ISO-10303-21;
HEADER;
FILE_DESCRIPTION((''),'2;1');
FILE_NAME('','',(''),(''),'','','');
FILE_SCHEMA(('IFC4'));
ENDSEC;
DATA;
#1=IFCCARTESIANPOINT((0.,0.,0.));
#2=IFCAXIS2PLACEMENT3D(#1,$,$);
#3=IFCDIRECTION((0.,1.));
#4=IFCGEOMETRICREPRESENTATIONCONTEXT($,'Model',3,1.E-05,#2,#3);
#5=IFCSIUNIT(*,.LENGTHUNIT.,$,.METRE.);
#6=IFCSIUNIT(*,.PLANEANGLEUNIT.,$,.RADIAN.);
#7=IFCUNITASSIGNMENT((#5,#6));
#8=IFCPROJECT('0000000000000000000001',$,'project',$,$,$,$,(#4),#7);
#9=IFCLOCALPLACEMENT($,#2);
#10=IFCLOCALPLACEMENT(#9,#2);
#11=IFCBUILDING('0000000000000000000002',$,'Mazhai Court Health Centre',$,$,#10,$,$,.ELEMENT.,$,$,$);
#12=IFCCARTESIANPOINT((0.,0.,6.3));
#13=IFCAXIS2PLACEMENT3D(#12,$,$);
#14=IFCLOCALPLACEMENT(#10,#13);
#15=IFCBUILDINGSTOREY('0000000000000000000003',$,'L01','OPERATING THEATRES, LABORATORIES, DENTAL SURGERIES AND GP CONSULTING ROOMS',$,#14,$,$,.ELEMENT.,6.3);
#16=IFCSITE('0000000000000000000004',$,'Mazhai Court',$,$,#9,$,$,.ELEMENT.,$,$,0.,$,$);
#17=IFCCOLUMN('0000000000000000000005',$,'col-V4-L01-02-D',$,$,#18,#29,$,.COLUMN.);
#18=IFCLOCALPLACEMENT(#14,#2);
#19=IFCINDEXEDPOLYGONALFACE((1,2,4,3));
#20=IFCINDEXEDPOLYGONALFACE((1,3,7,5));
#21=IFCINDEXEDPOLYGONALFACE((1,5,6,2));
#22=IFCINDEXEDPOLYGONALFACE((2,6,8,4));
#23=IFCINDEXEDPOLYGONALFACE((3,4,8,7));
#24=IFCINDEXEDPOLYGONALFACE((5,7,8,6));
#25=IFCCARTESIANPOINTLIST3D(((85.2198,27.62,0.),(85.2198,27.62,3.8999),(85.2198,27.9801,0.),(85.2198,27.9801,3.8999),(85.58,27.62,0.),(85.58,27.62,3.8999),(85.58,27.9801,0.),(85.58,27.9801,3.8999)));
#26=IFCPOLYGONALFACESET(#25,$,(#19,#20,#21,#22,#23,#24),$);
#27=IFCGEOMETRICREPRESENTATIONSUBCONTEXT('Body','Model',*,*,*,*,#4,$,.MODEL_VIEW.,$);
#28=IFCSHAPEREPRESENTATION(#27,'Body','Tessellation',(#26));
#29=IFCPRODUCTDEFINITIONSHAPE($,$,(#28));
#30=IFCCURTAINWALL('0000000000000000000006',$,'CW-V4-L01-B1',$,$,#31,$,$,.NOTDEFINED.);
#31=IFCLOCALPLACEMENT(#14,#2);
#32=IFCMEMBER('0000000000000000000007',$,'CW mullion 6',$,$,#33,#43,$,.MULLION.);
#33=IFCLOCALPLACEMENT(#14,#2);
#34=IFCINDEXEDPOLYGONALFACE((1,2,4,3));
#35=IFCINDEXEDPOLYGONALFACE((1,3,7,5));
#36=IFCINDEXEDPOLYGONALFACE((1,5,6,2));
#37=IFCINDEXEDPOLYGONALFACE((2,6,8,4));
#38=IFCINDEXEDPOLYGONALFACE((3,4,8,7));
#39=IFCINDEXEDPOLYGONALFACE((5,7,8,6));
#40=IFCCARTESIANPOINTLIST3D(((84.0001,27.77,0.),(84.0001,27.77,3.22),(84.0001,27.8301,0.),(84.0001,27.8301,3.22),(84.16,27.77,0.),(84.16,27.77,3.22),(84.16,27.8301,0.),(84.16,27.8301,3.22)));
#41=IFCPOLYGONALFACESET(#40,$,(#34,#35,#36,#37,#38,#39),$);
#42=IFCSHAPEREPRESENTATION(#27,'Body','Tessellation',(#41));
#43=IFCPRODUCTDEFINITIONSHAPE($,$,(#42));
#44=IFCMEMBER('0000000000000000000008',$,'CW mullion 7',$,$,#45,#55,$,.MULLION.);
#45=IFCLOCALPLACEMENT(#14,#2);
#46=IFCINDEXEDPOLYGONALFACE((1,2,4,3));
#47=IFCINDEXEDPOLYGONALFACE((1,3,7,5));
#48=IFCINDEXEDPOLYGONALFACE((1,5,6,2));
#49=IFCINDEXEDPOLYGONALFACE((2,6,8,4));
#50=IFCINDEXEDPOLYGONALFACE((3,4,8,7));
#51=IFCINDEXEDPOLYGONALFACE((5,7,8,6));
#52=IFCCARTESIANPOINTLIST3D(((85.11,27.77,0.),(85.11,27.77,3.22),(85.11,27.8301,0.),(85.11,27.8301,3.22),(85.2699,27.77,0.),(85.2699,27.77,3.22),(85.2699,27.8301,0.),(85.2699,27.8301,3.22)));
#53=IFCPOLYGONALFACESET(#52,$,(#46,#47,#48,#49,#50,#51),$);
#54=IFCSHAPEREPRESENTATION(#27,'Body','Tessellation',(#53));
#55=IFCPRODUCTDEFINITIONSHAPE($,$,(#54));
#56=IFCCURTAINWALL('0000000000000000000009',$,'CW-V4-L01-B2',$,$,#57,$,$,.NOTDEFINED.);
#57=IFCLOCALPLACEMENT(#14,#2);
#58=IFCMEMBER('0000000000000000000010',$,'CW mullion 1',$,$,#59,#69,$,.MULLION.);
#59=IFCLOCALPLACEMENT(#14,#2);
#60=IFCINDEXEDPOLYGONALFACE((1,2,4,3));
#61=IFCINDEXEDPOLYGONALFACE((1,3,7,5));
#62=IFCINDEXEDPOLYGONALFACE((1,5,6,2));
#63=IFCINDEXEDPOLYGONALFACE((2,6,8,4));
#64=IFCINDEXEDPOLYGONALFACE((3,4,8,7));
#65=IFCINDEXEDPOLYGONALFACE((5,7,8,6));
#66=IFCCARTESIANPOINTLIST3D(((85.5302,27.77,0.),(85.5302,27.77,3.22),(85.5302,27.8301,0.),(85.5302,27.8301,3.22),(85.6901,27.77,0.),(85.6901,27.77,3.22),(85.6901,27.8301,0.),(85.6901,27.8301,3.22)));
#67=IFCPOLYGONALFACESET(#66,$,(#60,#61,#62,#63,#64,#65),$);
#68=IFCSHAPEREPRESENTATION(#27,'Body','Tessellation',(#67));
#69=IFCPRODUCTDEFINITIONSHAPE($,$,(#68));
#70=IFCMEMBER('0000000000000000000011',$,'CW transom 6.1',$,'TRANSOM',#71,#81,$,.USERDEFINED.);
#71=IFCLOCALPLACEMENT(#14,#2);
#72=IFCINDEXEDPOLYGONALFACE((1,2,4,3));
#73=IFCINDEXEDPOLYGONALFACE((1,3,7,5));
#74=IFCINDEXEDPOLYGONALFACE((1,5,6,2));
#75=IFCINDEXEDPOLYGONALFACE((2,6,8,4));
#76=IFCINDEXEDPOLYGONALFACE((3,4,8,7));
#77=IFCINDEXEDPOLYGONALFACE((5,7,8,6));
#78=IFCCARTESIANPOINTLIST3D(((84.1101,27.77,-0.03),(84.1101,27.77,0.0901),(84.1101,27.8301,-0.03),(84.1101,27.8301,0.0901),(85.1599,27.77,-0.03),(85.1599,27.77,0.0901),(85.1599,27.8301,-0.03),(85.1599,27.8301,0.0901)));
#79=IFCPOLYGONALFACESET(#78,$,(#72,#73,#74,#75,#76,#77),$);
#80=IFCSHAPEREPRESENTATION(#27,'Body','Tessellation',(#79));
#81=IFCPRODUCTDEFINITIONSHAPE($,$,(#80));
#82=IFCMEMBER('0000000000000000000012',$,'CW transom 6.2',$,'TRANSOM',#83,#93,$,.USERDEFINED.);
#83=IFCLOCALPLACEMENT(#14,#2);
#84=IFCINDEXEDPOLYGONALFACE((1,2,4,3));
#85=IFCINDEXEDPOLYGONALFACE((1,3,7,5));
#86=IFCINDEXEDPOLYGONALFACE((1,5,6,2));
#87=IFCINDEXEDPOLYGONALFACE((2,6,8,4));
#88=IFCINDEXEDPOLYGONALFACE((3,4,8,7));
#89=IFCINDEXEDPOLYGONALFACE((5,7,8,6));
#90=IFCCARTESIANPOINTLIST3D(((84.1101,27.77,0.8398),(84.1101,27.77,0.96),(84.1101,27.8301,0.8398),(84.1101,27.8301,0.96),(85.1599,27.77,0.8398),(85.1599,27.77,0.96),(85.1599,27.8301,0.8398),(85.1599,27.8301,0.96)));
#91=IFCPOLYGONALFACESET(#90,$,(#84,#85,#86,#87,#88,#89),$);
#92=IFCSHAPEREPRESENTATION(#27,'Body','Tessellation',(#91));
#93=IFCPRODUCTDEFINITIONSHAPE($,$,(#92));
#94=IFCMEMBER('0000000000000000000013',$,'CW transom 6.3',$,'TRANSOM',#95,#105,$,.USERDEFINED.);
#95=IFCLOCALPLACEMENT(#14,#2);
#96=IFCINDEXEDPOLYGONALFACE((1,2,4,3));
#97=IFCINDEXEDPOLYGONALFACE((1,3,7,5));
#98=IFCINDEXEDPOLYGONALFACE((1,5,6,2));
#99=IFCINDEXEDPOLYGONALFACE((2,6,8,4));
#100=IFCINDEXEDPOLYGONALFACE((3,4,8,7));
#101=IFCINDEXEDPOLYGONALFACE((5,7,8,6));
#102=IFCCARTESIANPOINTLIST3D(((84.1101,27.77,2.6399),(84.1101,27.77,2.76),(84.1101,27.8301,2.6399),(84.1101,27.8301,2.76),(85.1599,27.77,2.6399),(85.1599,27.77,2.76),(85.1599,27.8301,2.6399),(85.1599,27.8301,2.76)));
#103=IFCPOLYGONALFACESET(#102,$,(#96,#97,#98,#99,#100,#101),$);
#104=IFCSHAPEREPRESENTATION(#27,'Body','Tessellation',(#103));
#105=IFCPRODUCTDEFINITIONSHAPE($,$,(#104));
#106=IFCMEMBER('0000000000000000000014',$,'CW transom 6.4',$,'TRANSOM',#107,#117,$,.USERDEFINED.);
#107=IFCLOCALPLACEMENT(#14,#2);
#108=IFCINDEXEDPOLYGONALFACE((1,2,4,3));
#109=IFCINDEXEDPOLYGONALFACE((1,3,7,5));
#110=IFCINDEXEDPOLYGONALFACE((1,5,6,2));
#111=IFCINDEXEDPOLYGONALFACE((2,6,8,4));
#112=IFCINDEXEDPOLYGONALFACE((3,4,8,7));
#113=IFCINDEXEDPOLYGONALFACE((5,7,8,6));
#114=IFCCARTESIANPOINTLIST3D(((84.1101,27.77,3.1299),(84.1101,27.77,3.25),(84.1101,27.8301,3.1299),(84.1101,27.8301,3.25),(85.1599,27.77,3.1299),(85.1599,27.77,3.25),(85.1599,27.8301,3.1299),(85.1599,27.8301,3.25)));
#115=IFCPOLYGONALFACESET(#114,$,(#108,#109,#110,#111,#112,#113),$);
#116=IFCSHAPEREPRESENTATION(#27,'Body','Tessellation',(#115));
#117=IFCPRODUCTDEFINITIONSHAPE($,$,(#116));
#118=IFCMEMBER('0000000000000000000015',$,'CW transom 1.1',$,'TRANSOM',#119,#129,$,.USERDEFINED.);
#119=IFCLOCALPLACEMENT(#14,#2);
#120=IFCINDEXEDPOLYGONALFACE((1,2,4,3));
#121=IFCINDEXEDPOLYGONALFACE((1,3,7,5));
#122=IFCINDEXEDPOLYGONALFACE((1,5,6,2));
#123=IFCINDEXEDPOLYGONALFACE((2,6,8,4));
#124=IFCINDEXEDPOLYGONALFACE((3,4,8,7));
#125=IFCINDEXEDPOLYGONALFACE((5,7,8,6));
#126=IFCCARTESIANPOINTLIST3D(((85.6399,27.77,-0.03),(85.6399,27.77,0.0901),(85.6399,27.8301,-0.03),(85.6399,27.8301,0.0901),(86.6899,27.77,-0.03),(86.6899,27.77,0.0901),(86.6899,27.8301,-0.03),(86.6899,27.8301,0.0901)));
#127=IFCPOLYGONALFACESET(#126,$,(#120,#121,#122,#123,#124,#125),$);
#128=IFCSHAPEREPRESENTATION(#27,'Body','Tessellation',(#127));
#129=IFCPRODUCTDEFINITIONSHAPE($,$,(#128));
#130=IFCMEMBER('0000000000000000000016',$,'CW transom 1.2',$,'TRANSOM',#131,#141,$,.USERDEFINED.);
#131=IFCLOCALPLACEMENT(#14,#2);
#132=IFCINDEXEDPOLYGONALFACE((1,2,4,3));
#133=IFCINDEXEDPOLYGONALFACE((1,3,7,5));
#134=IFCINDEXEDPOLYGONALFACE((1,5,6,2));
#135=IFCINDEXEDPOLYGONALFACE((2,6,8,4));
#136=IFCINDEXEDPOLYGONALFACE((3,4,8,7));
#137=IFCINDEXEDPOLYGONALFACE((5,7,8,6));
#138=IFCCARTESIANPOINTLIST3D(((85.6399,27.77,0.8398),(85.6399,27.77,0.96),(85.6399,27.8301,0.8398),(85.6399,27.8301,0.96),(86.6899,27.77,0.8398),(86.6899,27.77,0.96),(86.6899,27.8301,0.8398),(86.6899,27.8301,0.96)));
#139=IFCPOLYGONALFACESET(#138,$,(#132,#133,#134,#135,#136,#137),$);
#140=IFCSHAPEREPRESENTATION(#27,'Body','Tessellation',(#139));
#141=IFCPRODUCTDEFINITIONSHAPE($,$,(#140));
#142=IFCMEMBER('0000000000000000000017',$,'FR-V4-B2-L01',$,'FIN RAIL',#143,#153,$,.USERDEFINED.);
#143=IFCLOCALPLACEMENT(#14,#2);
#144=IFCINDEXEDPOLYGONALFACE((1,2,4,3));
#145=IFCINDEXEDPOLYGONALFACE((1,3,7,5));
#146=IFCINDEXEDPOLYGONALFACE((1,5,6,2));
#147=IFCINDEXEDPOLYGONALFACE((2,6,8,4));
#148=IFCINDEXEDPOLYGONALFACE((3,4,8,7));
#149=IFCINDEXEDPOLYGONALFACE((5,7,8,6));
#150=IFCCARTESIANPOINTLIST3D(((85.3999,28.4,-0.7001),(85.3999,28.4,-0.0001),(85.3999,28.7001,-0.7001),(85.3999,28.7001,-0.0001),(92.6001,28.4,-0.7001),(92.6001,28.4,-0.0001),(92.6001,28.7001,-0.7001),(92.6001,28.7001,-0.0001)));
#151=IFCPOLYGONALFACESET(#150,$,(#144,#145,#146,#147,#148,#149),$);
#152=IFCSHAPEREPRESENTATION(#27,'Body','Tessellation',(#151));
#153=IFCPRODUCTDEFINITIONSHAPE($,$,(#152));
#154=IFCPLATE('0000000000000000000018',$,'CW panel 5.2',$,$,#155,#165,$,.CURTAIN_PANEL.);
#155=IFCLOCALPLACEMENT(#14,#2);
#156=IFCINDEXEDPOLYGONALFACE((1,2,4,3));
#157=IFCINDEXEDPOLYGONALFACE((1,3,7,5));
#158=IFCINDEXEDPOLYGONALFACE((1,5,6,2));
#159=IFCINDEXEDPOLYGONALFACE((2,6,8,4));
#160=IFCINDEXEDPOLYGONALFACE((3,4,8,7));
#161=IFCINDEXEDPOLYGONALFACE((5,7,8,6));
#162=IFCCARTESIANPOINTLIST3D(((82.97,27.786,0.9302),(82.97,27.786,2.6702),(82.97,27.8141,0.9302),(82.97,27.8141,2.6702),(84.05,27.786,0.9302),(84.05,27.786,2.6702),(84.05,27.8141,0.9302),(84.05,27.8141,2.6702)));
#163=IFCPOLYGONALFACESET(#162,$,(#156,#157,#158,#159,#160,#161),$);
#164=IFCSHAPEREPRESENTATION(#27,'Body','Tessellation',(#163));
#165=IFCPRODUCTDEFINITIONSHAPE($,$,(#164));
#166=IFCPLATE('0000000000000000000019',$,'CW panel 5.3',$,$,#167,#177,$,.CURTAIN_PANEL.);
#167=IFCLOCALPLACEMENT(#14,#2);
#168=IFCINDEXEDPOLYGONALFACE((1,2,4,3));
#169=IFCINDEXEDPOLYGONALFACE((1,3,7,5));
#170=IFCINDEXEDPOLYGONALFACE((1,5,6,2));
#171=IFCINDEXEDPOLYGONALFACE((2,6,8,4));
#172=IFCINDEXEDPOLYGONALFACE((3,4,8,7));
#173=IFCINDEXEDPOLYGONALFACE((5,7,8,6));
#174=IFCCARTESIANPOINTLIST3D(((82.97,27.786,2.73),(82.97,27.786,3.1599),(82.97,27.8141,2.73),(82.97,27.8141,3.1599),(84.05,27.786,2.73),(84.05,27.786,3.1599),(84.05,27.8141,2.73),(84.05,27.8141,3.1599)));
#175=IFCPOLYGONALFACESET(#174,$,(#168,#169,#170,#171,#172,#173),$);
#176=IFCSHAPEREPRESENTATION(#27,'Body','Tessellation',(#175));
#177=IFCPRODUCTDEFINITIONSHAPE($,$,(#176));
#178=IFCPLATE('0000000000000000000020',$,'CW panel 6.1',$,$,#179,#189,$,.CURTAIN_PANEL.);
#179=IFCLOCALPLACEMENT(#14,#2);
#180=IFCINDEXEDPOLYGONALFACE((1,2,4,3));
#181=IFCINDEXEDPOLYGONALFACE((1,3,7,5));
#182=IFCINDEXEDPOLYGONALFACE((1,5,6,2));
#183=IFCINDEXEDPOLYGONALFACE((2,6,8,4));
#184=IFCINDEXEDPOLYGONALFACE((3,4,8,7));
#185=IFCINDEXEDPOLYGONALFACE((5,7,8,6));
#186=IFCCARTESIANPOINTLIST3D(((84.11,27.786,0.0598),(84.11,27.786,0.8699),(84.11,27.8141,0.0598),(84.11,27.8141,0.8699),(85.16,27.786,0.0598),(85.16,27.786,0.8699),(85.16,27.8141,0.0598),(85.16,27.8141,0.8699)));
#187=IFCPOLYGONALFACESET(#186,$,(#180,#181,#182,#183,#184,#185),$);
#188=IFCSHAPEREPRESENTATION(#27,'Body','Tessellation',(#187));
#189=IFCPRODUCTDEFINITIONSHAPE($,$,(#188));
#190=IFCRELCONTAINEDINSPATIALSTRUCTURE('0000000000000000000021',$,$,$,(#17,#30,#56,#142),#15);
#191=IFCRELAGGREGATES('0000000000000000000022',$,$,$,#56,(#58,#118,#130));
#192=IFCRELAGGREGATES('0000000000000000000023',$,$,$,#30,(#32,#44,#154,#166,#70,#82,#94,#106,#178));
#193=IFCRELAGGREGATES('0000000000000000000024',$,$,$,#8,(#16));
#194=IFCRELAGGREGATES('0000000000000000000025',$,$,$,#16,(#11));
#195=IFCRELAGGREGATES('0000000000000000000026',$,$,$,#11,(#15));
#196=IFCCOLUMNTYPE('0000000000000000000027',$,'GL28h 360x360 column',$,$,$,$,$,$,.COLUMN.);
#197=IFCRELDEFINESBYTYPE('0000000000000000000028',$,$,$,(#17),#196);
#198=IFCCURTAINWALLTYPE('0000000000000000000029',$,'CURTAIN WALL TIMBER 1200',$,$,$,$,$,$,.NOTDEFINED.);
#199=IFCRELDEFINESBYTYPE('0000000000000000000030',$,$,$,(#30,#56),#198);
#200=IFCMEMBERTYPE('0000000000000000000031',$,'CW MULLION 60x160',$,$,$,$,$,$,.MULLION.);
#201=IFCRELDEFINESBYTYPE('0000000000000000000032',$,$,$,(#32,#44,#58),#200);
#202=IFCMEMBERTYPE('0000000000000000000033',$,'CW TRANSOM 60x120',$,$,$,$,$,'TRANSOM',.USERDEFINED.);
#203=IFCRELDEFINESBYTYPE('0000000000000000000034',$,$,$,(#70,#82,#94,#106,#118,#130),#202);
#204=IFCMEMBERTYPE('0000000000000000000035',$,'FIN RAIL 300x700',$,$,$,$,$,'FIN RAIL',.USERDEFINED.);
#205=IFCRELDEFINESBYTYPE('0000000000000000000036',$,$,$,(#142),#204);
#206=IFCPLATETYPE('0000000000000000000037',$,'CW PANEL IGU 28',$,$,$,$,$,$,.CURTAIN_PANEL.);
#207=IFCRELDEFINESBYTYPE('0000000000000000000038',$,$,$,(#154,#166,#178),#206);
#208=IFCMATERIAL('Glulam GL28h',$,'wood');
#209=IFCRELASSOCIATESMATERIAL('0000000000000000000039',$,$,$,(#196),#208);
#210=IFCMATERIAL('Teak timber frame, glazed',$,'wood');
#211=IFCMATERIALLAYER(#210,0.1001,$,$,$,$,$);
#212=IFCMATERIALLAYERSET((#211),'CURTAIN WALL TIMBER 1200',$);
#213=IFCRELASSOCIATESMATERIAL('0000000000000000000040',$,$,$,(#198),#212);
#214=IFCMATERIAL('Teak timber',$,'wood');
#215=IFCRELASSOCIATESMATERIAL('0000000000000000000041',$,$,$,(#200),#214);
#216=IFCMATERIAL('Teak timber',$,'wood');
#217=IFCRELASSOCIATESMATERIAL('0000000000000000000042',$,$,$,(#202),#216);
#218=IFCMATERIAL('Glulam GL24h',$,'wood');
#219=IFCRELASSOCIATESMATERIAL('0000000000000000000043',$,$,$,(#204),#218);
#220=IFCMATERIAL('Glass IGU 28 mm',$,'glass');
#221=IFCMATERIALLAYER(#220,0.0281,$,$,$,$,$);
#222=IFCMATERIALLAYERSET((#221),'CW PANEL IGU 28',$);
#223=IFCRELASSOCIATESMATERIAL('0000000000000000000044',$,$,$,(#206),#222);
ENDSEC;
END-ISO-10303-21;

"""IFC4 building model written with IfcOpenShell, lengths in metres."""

from ifc_helpers import new_model, si_unit, direction, frame, origin, origin_2d, place, context, subcontext, project, spatial, rectangle, extrude, material, layer, layer_set, material_profile, profile_set, type_object, element, aggregate, save


model = new_model("IFC4")

# Units and contexts
model_context = context("Model", 3, precision=1e-05, world=origin(), true_north=direction((0.0, 1.0)))
body_context = subcontext(model_context, "Body", "Model", "MODEL_VIEW")
ifc_project = project(units=[si_unit("LENGTHUNIT", "METRE"), si_unit("PLANEANGLEUNIT", "RADIAN")], contexts=[model_context])

# Site, building, storey
site_placement = place(None, origin())
site = spatial("IfcSite", under=ifc_project, at=site_placement, Name="Mazhai Court", CompositionType="ELEMENT", RefElevation=0.0)
building_placement = place(site_placement, origin())
building = spatial("IfcBuilding", under=site, at=building_placement, Name="Mazhai Court Health Centre", CompositionType="ELEMENT")
storey_placement = place(building_placement, frame((0.0, 0.0, 6.3)))
storey = spatial("IfcBuildingStorey", under=building, at=storey_placement, Name="L01", Description="OPERATING THEATRES, LABORATORIES, DENTAL SURGERIES AND GP CONSULTING ROOMS", CompositionType="ELEMENT", Elevation=6.3)

# Column
ifc_material_1 = material(Name="Glulam GL28h", Category="wood")
ifc_material_profile_1 = material_profile(ifc_material_1, rectangle(XDim=0.3601, YDim=0.3601, at=origin_2d()), Name="GL28h 360x360")
ifc_profile_set_1 = profile_set([ifc_material_profile_1], Name="Glulam GL28h")
column_type = type_object("IfcColumnType", Name="GL28h 360x360 column", PredefinedType="COLUMN", material=ifc_profile_set_1)
column_placement = place(storey_placement, frame((85.3999, 27.8, 0.0), z_axis=(0.0, 0.0, 1.0), x_axis=(1.0, 0.0, 0.0)))
element("IfcColumn", 1, at=column_placement, inside=storey, type_object=column_type, Name="col-V4-L01-02-D", PredefinedType="COLUMN", context=body_context, shape_type="SweptSolid", body=[
    extrude(rectangle(XDim=0.3601, YDim=0.3601, at=origin_2d()), origin(), (0.0, 0.0, 1.0), 3.8999),
])

# Curtain wall, members
ifc_material_2 = material(Name="Teak timber frame, glazed", Category="wood")
ifc_layer_1 = layer(ifc_material_2, 0.1001)
ifc_layer_set_1 = layer_set([ifc_layer_1], Name="CURTAIN WALL TIMBER 1200")
curtain_wall_type = type_object("IfcCurtainWallType", Name="CURTAIN WALL TIMBER 1200", PredefinedType="NOTDEFINED", material=ifc_layer_set_1)
curtain_wall_1_placement = place(storey_placement, origin())
curtain_wall_1 = element("IfcCurtainWall", 2, at=curtain_wall_1_placement, inside=storey, type_object=curtain_wall_type, Name="CW-V4-L01-B1", PredefinedType="NOTDEFINED")
ifc_material_3 = material(Name="Teak timber", Category="wood")
ifc_material_profile_2 = material_profile(ifc_material_3, rectangle(XDim=0.0601, YDim=0.1599, at=origin_2d()), Name="CW MULLION 60x160")
ifc_profile_set_2 = profile_set([ifc_material_profile_2], Name="Teak timber")
member_type_1 = type_object("IfcMemberType", Name="CW MULLION 60x160", PredefinedType="MULLION", material=ifc_profile_set_2)
member_1_placement = place(storey_placement, frame((84.0801, 27.8, 0.0), z_axis=(0.0, 0.0, 1.0), x_axis=(0.0, 1.0, 0.0)))
member_1 = element("IfcMember", 3, at=member_1_placement, type_object=member_type_1, Name="CW mullion 6", PredefinedType="MULLION", context=body_context, shape_type="SweptSolid", body=[
    extrude(rectangle(XDim=0.0601, YDim=0.1599, at=origin_2d()), origin(), (0.0, 0.0, 1.0), 3.22),
])
member_2_placement = place(storey_placement, frame((85.1899, 27.8, 0.0), z_axis=(0.0, 0.0, 1.0), x_axis=(0.0, 1.0, 0.0)))
member_2 = element("IfcMember", 4, at=member_2_placement, type_object=member_type_1, Name="CW mullion 7", PredefinedType="MULLION", context=body_context, shape_type="SweptSolid", body=[
    extrude(rectangle(XDim=0.0601, YDim=0.1599, at=origin_2d()), origin(), (0.0, 0.0, 1.0), 3.22),
])

# Curtain wall, member
curtain_wall_2_placement = place(storey_placement, origin())
curtain_wall_2 = element("IfcCurtainWall", 5, at=curtain_wall_2_placement, inside=storey, type_object=curtain_wall_type, Name="CW-V4-L01-B2", PredefinedType="NOTDEFINED")
member_3_placement = place(storey_placement, frame((85.6101, 27.8, 0.0), z_axis=(0.0, 0.0, 1.0), x_axis=(0.0, 1.0, 0.0)))
member_3 = element("IfcMember", 6, at=member_3_placement, type_object=member_type_1, Name="CW mullion 1", PredefinedType="MULLION", context=body_context, shape_type="SweptSolid", body=[
    extrude(rectangle(XDim=0.0601, YDim=0.1599, at=origin_2d()), origin(), (0.0, 0.0, 1.0), 3.22),
])

# Members
ifc_material_4 = material(Name="Teak timber", Category="wood")
ifc_material_profile_3 = material_profile(ifc_material_4, rectangle(XDim=0.0601, YDim=0.1201, at=origin_2d()), Name="CW TRANSOM 60x120")
ifc_profile_set_3 = profile_set([ifc_material_profile_3], Name="Teak timber")
member_type_2 = type_object("IfcMemberType", Name="CW TRANSOM 60x120", ElementType="TRANSOM", PredefinedType="USERDEFINED", material=ifc_profile_set_3)
member_4_placement = place(storey_placement, frame((84.1101, 27.8, 0.03), z_axis=(1.0, 0.0, 0.0), x_axis=(0.0, 1.0, 0.0)))
member_4 = element("IfcMember", 7, at=member_4_placement, type_object=member_type_2, Name="CW transom 6.1", ObjectType="TRANSOM", PredefinedType="USERDEFINED", context=body_context, shape_type="SweptSolid", body=[
    extrude(rectangle(XDim=0.0601, YDim=0.1201, at=origin_2d()), origin(), (0.0, 0.0, 1.0), 1.0498),
])
member_5_placement = place(storey_placement, frame((84.1101, 27.8, 0.8999), z_axis=(1.0, 0.0, 0.0), x_axis=(0.0, 1.0, 0.0)))
member_5 = element("IfcMember", 8, at=member_5_placement, type_object=member_type_2, Name="CW transom 6.2", ObjectType="TRANSOM", PredefinedType="USERDEFINED", context=body_context, shape_type="SweptSolid", body=[
    extrude(rectangle(XDim=0.0601, YDim=0.1201, at=origin_2d()), origin(), (0.0, 0.0, 1.0), 1.0498),
])
member_6_placement = place(storey_placement, frame((84.1101, 27.8, 2.7), z_axis=(1.0, 0.0, 0.0), x_axis=(0.0, 1.0, 0.0)))
member_6 = element("IfcMember", 9, at=member_6_placement, type_object=member_type_2, Name="CW transom 6.3", ObjectType="TRANSOM", PredefinedType="USERDEFINED", context=body_context, shape_type="SweptSolid", body=[
    extrude(rectangle(XDim=0.0601, YDim=0.1201, at=origin_2d()), origin(), (0.0, 0.0, 1.0), 1.0498),
])
member_7_placement = place(storey_placement, frame((84.1101, 27.8, 3.1899), z_axis=(1.0, 0.0, 0.0), x_axis=(0.0, 1.0, 0.0)))
member_7 = element("IfcMember", 10, at=member_7_placement, type_object=member_type_2, Name="CW transom 6.4", ObjectType="TRANSOM", PredefinedType="USERDEFINED", context=body_context, shape_type="SweptSolid", body=[
    extrude(rectangle(XDim=0.0601, YDim=0.1201, at=origin_2d()), origin(), (0.0, 0.0, 1.0), 1.0498),
])
member_8_placement = place(storey_placement, frame((85.6399, 27.8, 0.03), z_axis=(1.0, 0.0, 0.0), x_axis=(0.0, 1.0, 0.0)))
member_8 = element("IfcMember", 11, at=member_8_placement, type_object=member_type_2, Name="CW transom 1.1", ObjectType="TRANSOM", PredefinedType="USERDEFINED", context=body_context, shape_type="SweptSolid", body=[
    extrude(rectangle(XDim=0.0601, YDim=0.1201, at=origin_2d()), origin(), (0.0, 0.0, 1.0), 1.05),
])
member_9_placement = place(storey_placement, frame((85.6399, 27.8, 0.8999), z_axis=(1.0, 0.0, 0.0), x_axis=(0.0, 1.0, 0.0)))
member_9 = element("IfcMember", 12, at=member_9_placement, type_object=member_type_2, Name="CW transom 1.2", ObjectType="TRANSOM", PredefinedType="USERDEFINED", context=body_context, shape_type="SweptSolid", body=[
    extrude(rectangle(XDim=0.0601, YDim=0.1201, at=origin_2d()), origin(), (0.0, 0.0, 1.0), 1.05),
])
aggregate(curtain_wall_2, [member_3, member_8, member_9])
ifc_material_5 = material(Name="Glulam GL24h", Category="wood")
ifc_material_profile_4 = material_profile(ifc_material_5, rectangle(XDim=0.3, YDim=0.7, at=origin_2d()), Name="FIN RAIL 300x700")
ifc_profile_set_4 = profile_set([ifc_material_profile_4], Name="Glulam GL24h")
member_type_3 = type_object("IfcMemberType", Name="FIN RAIL 300x700", ElementType="FIN RAIL", PredefinedType="USERDEFINED", material=ifc_profile_set_4)
member_10_placement = place(storey_placement, frame((85.3999, 28.55, -0.3501), z_axis=(1.0, 0.0, 0.0), x_axis=(0.0, 1.0, 0.0)))
element("IfcMember", 13, at=member_10_placement, inside=storey, type_object=member_type_3, Name="FR-V4-B2-L01", ObjectType="FIN RAIL", PredefinedType="USERDEFINED", context=body_context, shape_type="SweptSolid", body=[
    extrude(rectangle(XDim=0.3, YDim=0.7, at=origin_2d()), origin(), (0.0, 0.0, 1.0), 7.2002),
])

# Plates
ifc_material_6 = material(Name="Glass IGU 28 mm", Category="glass")
ifc_layer_2 = layer(ifc_material_6, 0.0281)
ifc_layer_set_2 = layer_set([ifc_layer_2], Name="CW PANEL IGU 28")
plate_type = type_object("IfcPlateType", Name="CW PANEL IGU 28", PredefinedType="CURTAIN_PANEL", material=ifc_layer_set_2)
plate_1_placement = place(storey_placement, frame((83.51, 27.8, 0.9302), z_axis=(0.0, 0.0, 1.0), x_axis=(1.0, 0.0, 0.0)))
plate_1 = element("IfcPlate", 14, at=plate_1_placement, type_object=plate_type, Name="CW panel 5.2", PredefinedType="CURTAIN_PANEL", context=body_context, shape_type="SweptSolid", body=[
    extrude(rectangle(XDim=1.0801, YDim=0.0281, at=origin_2d()), origin(), (0.0, 0.0, 1.0), 1.74),
])
plate_2_placement = place(storey_placement, frame((83.51, 27.8, 2.73), z_axis=(0.0, 0.0, 1.0), x_axis=(1.0, 0.0, 0.0)))
plate_2 = element("IfcPlate", 15, at=plate_2_placement, type_object=plate_type, Name="CW panel 5.3", PredefinedType="CURTAIN_PANEL", context=body_context, shape_type="SweptSolid", body=[
    extrude(rectangle(XDim=1.0801, YDim=0.0281, at=origin_2d()), origin(), (0.0, 0.0, 1.0), 0.4299),
])
plate_3_placement = place(storey_placement, frame((84.635, 27.8, 0.0598), z_axis=(0.0, 0.0, 1.0), x_axis=(1.0, 0.0, 0.0)))
plate_3 = element("IfcPlate", 16, at=plate_3_placement, type_object=plate_type, Name="CW panel 6.1", PredefinedType="CURTAIN_PANEL", context=body_context, shape_type="SweptSolid", body=[
    extrude(rectangle(XDim=1.05, YDim=0.0281, at=origin_2d()), origin(), (0.0, 0.0, 1.0), 0.8101),
])
aggregate(curtain_wall_1, [member_1, member_2, plate_1, plate_2, member_4, member_5, member_6, member_7, plate_3])

save(model, "model.ifc")
